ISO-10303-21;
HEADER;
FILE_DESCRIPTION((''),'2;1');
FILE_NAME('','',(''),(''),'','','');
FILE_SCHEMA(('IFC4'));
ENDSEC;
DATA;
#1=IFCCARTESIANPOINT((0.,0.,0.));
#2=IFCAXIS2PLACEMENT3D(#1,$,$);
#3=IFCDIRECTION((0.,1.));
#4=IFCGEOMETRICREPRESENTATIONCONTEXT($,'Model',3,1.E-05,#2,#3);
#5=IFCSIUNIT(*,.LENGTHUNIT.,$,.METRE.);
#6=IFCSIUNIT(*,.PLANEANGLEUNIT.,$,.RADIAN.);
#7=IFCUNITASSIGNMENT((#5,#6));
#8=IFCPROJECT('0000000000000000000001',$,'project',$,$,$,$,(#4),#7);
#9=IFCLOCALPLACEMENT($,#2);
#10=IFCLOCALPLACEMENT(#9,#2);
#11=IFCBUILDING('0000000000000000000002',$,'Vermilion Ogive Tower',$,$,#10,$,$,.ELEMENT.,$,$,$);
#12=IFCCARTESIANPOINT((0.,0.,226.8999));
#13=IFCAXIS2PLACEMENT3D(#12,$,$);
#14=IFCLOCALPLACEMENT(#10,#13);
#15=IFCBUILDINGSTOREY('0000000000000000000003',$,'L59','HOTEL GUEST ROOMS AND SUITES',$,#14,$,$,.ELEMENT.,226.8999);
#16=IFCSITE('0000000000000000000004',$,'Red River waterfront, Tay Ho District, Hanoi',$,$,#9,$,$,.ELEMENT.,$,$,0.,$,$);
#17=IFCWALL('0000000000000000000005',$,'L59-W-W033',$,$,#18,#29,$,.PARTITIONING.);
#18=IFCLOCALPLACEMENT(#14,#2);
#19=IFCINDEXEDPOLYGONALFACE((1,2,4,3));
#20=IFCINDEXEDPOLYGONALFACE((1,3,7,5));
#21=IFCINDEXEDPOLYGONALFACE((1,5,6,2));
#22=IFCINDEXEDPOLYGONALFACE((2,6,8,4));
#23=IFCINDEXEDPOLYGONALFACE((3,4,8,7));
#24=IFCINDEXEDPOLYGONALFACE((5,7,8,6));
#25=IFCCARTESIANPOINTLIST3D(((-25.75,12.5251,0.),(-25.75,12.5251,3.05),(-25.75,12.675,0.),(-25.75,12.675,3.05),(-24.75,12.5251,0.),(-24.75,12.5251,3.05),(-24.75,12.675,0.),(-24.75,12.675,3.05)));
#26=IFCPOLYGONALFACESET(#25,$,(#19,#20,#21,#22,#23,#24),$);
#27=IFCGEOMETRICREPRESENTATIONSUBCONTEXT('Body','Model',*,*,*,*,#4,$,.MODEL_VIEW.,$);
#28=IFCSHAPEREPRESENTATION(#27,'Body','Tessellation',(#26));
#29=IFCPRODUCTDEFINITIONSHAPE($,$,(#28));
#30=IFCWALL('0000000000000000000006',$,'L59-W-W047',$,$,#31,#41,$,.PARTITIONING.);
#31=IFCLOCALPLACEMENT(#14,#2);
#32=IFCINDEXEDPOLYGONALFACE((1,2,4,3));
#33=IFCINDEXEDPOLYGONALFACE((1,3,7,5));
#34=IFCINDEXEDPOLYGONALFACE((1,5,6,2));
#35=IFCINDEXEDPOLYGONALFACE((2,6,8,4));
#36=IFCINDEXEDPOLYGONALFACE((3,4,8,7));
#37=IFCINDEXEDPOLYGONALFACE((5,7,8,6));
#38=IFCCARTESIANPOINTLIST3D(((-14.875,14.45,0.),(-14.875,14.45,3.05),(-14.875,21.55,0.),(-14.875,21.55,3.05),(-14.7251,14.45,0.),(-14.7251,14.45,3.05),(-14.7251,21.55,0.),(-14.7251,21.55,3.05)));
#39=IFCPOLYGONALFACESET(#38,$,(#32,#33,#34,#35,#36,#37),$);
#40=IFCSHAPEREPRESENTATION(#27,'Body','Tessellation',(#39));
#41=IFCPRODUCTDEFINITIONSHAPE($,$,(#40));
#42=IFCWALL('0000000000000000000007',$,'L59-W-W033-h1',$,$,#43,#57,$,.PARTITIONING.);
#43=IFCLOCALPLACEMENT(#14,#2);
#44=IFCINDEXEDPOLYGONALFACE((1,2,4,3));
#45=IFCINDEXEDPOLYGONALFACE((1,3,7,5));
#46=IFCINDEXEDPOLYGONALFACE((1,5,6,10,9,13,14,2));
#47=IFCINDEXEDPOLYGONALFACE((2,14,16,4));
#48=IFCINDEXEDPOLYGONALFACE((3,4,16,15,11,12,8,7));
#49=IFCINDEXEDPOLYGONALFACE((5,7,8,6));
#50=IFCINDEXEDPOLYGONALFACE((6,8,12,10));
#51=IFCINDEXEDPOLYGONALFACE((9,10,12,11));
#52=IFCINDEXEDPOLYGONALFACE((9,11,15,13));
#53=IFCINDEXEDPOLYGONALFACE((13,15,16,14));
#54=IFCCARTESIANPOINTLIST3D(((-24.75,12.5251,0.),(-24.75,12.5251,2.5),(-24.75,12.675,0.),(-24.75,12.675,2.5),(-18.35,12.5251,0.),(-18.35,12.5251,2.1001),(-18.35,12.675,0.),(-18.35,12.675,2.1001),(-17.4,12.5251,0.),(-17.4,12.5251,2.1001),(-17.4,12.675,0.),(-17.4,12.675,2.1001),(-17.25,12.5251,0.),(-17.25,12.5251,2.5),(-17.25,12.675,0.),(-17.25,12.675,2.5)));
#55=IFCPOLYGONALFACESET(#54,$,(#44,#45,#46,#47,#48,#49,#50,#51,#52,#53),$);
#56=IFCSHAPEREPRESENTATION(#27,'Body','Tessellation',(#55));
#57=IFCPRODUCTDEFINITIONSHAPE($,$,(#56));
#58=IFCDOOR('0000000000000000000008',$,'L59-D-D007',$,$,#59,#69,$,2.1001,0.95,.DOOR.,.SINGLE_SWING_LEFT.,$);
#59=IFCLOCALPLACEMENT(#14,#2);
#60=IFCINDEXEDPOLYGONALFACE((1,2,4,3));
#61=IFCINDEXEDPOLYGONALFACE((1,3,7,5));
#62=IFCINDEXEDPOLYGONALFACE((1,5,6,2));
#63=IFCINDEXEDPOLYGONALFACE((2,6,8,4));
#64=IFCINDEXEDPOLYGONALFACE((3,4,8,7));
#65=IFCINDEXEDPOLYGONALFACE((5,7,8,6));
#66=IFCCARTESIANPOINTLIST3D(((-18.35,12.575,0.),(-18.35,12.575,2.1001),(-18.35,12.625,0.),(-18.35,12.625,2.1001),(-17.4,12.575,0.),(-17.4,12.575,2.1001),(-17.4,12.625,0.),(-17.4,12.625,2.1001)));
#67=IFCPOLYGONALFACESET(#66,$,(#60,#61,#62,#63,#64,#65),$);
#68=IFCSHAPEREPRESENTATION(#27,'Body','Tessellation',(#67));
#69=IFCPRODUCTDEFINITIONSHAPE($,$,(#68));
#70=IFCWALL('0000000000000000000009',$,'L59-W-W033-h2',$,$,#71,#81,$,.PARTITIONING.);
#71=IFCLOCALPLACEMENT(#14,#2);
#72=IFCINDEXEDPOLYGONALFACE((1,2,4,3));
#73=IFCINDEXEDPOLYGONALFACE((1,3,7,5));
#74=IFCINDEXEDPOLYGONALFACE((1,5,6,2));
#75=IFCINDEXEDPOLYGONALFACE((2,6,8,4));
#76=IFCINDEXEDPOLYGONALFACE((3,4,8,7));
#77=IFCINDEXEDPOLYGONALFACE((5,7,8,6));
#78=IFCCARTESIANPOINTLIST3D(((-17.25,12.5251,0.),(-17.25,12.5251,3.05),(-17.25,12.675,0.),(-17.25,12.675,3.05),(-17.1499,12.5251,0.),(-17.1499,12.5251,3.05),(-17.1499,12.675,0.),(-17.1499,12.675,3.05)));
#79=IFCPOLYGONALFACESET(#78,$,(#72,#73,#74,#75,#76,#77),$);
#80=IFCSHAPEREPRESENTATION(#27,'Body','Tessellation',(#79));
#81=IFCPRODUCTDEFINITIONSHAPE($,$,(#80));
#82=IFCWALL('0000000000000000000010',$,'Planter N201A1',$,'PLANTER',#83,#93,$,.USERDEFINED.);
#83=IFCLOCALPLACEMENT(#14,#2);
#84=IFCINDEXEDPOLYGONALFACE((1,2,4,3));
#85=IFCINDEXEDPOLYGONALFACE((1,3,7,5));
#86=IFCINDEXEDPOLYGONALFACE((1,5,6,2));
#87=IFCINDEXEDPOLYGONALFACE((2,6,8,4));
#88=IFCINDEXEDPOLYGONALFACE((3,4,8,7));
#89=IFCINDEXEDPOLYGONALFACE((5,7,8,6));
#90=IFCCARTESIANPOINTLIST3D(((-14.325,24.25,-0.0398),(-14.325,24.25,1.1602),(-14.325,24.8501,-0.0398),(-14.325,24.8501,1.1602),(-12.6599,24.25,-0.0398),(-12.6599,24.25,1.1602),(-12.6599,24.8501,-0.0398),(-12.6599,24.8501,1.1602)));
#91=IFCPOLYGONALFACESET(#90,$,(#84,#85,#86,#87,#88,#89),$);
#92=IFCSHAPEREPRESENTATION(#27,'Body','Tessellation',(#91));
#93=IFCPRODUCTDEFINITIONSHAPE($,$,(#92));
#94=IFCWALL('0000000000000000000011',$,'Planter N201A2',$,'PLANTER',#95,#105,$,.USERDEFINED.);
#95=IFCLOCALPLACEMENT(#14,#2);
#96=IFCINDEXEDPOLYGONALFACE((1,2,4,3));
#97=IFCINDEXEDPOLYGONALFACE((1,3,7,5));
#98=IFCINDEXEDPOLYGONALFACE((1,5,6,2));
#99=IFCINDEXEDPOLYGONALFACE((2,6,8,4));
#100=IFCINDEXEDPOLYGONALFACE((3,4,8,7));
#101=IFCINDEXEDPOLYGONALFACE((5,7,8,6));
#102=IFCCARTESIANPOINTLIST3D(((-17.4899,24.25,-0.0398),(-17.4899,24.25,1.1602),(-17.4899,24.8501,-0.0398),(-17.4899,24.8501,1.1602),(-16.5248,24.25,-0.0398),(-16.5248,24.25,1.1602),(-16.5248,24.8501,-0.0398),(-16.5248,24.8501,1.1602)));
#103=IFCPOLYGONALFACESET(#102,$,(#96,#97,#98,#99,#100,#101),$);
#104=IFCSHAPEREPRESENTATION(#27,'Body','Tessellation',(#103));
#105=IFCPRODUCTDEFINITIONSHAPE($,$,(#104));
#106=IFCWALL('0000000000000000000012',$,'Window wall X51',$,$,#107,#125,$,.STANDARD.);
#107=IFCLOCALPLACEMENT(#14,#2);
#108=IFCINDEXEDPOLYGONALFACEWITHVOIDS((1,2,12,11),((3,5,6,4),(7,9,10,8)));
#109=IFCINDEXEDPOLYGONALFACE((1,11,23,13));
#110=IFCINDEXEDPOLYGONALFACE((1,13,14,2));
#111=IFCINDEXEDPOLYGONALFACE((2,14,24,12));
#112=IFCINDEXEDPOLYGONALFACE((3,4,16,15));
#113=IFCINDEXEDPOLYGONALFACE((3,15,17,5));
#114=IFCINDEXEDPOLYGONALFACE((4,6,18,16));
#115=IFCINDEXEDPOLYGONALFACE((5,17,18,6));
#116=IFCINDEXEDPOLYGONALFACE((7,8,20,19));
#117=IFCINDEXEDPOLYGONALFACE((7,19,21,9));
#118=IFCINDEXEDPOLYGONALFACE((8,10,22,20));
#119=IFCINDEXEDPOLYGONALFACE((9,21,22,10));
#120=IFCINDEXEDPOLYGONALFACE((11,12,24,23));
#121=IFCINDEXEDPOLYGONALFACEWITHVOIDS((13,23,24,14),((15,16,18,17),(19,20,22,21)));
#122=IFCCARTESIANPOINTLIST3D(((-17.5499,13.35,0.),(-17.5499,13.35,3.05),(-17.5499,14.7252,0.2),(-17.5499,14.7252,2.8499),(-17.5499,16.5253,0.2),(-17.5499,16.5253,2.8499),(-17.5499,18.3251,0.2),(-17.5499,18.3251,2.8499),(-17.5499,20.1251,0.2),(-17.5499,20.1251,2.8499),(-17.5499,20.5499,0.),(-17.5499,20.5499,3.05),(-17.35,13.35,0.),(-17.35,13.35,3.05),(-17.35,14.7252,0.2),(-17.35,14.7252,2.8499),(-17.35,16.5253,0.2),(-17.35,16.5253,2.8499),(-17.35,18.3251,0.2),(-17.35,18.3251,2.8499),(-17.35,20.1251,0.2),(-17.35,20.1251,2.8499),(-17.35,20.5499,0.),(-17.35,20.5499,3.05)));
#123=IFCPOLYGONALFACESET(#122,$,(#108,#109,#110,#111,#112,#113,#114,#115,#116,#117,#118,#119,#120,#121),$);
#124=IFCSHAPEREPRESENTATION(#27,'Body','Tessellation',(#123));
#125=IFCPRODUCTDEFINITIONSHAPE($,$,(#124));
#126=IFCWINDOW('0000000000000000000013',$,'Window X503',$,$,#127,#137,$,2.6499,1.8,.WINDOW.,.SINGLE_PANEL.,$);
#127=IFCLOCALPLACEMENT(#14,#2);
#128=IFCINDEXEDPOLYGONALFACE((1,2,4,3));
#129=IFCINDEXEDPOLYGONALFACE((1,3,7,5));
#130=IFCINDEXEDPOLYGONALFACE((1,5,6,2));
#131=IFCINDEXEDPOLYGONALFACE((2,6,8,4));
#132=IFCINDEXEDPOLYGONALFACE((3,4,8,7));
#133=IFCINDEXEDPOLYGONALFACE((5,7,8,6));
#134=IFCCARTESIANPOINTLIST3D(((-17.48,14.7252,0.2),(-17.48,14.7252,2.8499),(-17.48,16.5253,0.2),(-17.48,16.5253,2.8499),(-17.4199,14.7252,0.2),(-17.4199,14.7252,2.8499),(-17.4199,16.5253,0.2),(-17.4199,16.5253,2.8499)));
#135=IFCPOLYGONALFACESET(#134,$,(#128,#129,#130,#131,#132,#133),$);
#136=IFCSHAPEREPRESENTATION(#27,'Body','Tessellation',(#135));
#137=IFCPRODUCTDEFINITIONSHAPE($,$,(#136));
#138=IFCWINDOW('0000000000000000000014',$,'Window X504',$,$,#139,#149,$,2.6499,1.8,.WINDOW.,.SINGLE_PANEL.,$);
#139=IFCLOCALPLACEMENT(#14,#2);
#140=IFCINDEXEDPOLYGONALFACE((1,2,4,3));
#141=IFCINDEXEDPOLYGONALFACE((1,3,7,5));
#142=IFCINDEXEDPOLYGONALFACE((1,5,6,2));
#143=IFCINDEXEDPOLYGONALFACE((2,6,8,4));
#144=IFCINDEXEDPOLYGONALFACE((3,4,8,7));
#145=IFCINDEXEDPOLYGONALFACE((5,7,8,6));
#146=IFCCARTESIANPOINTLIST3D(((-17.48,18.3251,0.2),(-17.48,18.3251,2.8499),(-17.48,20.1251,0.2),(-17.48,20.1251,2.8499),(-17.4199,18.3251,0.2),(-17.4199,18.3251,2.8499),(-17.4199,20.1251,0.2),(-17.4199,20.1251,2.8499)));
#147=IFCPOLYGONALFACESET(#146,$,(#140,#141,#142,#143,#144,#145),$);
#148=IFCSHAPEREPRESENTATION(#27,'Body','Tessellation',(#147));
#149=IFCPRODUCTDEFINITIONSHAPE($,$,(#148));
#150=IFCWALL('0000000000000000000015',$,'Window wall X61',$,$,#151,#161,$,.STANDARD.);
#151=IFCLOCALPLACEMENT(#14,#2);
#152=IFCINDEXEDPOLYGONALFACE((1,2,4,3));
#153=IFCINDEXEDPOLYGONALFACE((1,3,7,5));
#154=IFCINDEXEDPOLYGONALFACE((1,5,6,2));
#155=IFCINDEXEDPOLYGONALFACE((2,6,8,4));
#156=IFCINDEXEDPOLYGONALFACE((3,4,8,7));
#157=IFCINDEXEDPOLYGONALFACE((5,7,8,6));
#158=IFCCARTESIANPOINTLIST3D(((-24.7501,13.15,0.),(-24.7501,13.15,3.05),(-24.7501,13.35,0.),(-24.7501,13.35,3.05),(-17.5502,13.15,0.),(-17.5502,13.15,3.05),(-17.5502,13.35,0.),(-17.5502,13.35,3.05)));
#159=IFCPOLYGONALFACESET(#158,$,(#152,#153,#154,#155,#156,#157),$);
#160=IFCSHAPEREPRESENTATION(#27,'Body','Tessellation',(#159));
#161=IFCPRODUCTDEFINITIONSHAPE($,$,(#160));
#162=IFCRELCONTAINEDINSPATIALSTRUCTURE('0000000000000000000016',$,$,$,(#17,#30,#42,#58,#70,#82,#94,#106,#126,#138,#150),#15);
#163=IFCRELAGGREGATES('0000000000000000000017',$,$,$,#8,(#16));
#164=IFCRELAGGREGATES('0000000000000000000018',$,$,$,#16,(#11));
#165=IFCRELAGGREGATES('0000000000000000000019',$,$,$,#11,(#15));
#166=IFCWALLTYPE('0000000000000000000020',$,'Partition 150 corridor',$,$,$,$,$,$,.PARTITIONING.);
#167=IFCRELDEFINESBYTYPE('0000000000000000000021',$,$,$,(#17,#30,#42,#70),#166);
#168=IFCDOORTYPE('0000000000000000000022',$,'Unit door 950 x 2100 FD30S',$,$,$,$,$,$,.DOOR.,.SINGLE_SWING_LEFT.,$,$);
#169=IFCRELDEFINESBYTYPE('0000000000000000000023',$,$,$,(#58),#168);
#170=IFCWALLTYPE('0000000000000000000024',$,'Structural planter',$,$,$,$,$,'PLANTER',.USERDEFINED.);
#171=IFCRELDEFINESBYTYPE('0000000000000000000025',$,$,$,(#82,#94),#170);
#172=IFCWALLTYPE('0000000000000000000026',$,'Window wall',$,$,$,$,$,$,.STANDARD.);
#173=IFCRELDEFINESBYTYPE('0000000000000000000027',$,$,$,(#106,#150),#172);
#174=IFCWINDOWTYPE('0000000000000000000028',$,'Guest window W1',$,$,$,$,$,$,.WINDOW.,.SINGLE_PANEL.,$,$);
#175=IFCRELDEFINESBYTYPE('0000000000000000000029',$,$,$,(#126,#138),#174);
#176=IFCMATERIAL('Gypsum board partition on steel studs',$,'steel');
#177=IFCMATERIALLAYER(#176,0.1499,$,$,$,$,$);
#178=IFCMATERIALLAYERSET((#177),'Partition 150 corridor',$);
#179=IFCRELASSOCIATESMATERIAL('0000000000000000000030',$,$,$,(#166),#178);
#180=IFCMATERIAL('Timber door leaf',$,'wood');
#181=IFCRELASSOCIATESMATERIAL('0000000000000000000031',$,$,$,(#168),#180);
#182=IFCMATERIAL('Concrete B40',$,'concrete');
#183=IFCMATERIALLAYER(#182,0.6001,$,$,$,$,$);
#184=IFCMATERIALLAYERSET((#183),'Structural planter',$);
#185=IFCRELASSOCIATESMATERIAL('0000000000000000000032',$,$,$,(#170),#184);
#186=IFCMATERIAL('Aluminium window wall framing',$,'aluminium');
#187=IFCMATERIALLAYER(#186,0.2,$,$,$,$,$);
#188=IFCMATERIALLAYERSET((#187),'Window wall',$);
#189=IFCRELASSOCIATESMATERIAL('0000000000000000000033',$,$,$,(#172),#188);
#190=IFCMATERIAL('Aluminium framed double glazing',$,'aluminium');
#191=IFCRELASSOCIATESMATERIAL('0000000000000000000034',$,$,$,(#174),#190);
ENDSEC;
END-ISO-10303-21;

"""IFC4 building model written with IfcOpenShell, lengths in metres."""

from ifc_helpers import new_model, si_unit, direction, frame, frame_2d, origin, place, context, subcontext, project, spatial, rectangle, extrude, material, layer, layer_set, type_object, element, fill, save


model = new_model("IFC4")

# Units and contexts
model_context = context("Model", 3, precision=1e-05, world=origin(), true_north=direction((0.0, 1.0)))
body_context = subcontext(model_context, "Body", "Model", "MODEL_VIEW")
ifc_project = project(units=[si_unit("LENGTHUNIT", "METRE"), si_unit("PLANEANGLEUNIT", "RADIAN")], contexts=[model_context])

# Site, building, storey
site_placement = place(None, origin())
site = spatial("IfcSite", under=ifc_project, at=site_placement, Name="Red River waterfront, Tay Ho District, Hanoi", CompositionType="ELEMENT", RefElevation=0.0)
building_placement = place(site_placement, origin())
building = spatial("IfcBuilding", under=site, at=building_placement, Name="Vermilion Ogive Tower", CompositionType="ELEMENT")
storey_placement = place(building_placement, frame((0.0, 0.0, 226.8999)))
storey = spatial("IfcBuildingStorey", under=building, at=storey_placement, Name="L59", Description="HOTEL GUEST ROOMS AND SUITES", CompositionType="ELEMENT", Elevation=226.8999)

# Walls
ifc_material_1 = material(Name="Gypsum board partition on steel studs", Category="steel")
ifc_layer_1 = layer(ifc_material_1, 0.1499)
ifc_layer_set_1 = layer_set([ifc_layer_1], Name="Partition 150 corridor")
wall_type_1 = type_object("IfcWallType", Name="Partition 150 corridor", PredefinedType="PARTITIONING", material=ifc_layer_set_1)
wall_1_placement = place(storey_placement, frame((-25.75, 12.6001, 0.0), z_axis=(0.0, 0.0, 1.0), x_axis=(1.0, 0.0, 0.0)))
element("IfcWall", 1, at=wall_1_placement, inside=storey, type_object=wall_type_1, Name="L59-W-W033", PredefinedType="PARTITIONING", context=body_context, shape_type="SweptSolid", body=[
    extrude(rectangle(XDim=1.0, YDim=0.1499, at=frame_2d((0.5, 0.0))), origin(), (0.0, 0.0, 1.0), 3.05),
])
wall_2_placement = place(storey_placement, frame((-14.8, 14.45, 0.0), z_axis=(0.0, 0.0, 1.0), x_axis=(0.0, 1.0, 0.0)))
element("IfcWall", 2, at=wall_2_placement, inside=storey, type_object=wall_type_1, Name="L59-W-W047", PredefinedType="PARTITIONING", context=body_context, shape_type="SweptSolid", body=[
    extrude(rectangle(XDim=7.1001, YDim=0.1499, at=frame_2d((3.55, 0.0))), origin(), (0.0, 0.0, 1.0), 3.05),
])

# Wall, opening, door
wall_3_placement = place(storey_placement, frame((-24.75, 12.6001, 0.0), z_axis=(0.0, 0.0, 1.0), x_axis=(1.0, 0.0, 0.0)))
wall_3 = element("IfcWall", 3, at=wall_3_placement, inside=storey, type_object=wall_type_1, Name="L59-W-W033-h1", PredefinedType="PARTITIONING", context=body_context, shape_type="SweptSolid", body=[
    extrude(rectangle(XDim=7.5, YDim=0.1499, at=frame_2d((3.75, 0.0))), origin(), (0.0, 0.0, 1.0), 2.5),
])
opening_1_placement = place(wall_3_placement, frame((6.3999, 0.0, 0.0)))
opening_1 = element("IfcOpeningElement", 4, at=opening_1_placement, cuts=wall_3, PredefinedType="OPENING", context=body_context, shape_type="SweptSolid", body=[
    extrude(rectangle(XDim=0.95, YDim=2.1001, at=frame_2d((0.4751, 1.05))), frame((0.0, 0.085, 0.0), z_axis=(0.0, -1.0, 0.0), x_axis=(1.0, 0.0, 0.0)), (0.0, 0.0, 1.0), 0.1699),
])
ifc_material_2 = material(Name="Timber door leaf", Category="wood")
door_type_1 = type_object("IfcDoorType", Name="Unit door 950 x 2100 FD30S", OperationType="SINGLE_SWING_LEFT", PredefinedType="DOOR", material=ifc_material_2)
door_1_placement = place(opening_1_placement, origin())
door_1 = element("IfcDoor", 5, at=door_1_placement, inside=storey, type_object=door_type_1, Name="L59-D-D007", OperationType="SINGLE_SWING_LEFT", OverallHeight=2.1001, OverallWidth=0.95, PredefinedType="DOOR", context=body_context, shape_type="SweptSolid", body=[
    extrude(rectangle(XDim=0.95, YDim=2.1001, at=frame_2d((0.4751, 1.05))), frame((0.0, 0.0249, 0.0), z_axis=(0.0, -1.0, 0.0), x_axis=(1.0, 0.0, 0.0)), (0.0, 0.0, 1.0), 0.05),
])
fill(opening_1, door_1)

# Walls
wall_4_placement = place(storey_placement, frame((-17.25, 12.6001, 0.0), z_axis=(0.0, 0.0, 1.0), x_axis=(1.0, 0.0, 0.0)))
element("IfcWall", 6, at=wall_4_placement, inside=storey, type_object=wall_type_1, Name="L59-W-W033-h2", PredefinedType="PARTITIONING", context=body_context, shape_type="SweptSolid", body=[
    extrude(rectangle(XDim=0.1001, YDim=0.1499, at=frame_2d((0.05, 0.0))), origin(), (0.0, 0.0, 1.0), 3.05),
])
ifc_material_3 = material(Name="Concrete B40", Category="concrete")
ifc_layer_2 = layer(ifc_material_3, 0.6001)
ifc_layer_set_2 = layer_set([ifc_layer_2], Name="Structural planter")
wall_type_2 = type_object("IfcWallType", Name="Structural planter", ElementType="PLANTER", PredefinedType="USERDEFINED", material=ifc_layer_set_2)
wall_5_placement = place(storey_placement, frame((-12.6599, 24.55, -0.0398), z_axis=(0.0, 0.0, 1.0), x_axis=(-1.0, 0.0, 0.0)))
element("IfcWall", 7, at=wall_5_placement, inside=storey, type_object=wall_type_2, Name="Planter N201A1", ObjectType="PLANTER", PredefinedType="USERDEFINED", context=body_context, shape_type="SweptSolid", body=[
    extrude(rectangle(XDim=1.665, YDim=0.6001, at=frame_2d((0.8325, 0.0))), origin(), (0.0, 0.0, 1.0), 1.2),
])
wall_6_placement = place(storey_placement, frame((-16.5249, 24.55, -0.0398), z_axis=(0.0, 0.0, 1.0), x_axis=(-1.0, 0.0, 0.0)))
element("IfcWall", 8, at=wall_6_placement, inside=storey, type_object=wall_type_2, Name="Planter N201A2", ObjectType="PLANTER", PredefinedType="USERDEFINED", context=body_context, shape_type="SweptSolid", body=[
    extrude(rectangle(XDim=0.9651, YDim=0.6001, at=frame_2d((0.4824, 0.0))), origin(), (0.0, 0.0, 1.0), 1.2),
])

# Shared definitions
ifc_material_4 = material(Name="Aluminium window wall framing", Category="aluminium")
ifc_layer_3 = layer(ifc_material_4, 0.2)
ifc_layer_set_3 = layer_set([ifc_layer_3], Name="Window wall")
wall_type_3 = type_object("IfcWallType", Name="Window wall", PredefinedType="STANDARD", material=ifc_layer_set_3)
ifc_material_5 = material(Name="Aluminium framed double glazing", Category="aluminium")
window_type = type_object("IfcWindowType", Name="Guest window W1", PartitioningType="SINGLE_PANEL", PredefinedType="WINDOW", material=ifc_material_5)

# Wall, openings, windows
wall_7_placement = place(storey_placement, frame((-17.45, 20.55, 0.0), z_axis=(0.0, 0.0, 1.0), x_axis=(0.0, -1.0, 0.0)))
wall_7 = element("IfcWall", 9, at=wall_7_placement, inside=storey, type_object=wall_type_3, Name="Window wall X51", PredefinedType="STANDARD", context=body_context, shape_type="SweptSolid", body=[
    extrude(rectangle(XDim=7.2, YDim=0.2, at=frame_2d((3.6001, 0.0))), origin(), (0.0, 0.0, 1.0), 3.05),
])
opening_2_placement = place(wall_7_placement, frame((4.0249, 0.0, 0.2)))
opening_2 = element("IfcOpeningElement", 10, at=opening_2_placement, cuts=wall_7, PredefinedType="OPENING", context=body_context, shape_type="SweptSolid", body=[
    extrude(rectangle(XDim=1.8, YDim=2.6499, at=frame_2d((0.8999, 1.325))), frame((0.0, 0.1099, 0.0), z_axis=(0.0, -1.0, 0.0), x_axis=(1.0, 0.0, 0.0)), (0.0, 0.0, 1.0), 0.22),
])
opening_3_placement = place(wall_7_placement, frame((0.425, 0.0, 0.2)))
opening_3 = element("IfcOpeningElement", 11, at=opening_3_placement, cuts=wall_7, PredefinedType="OPENING", context=body_context, shape_type="SweptSolid", body=[
    extrude(rectangle(XDim=1.8, YDim=2.6499, at=frame_2d((0.8999, 1.325))), frame((0.0, 0.1099, 0.0), z_axis=(0.0, -1.0, 0.0), x_axis=(1.0, 0.0, 0.0)), (0.0, 0.0, 1.0), 0.22),
])
window_1_placement = place(opening_2_placement, origin())
window_1 = element("IfcWindow", 12, at=window_1_placement, inside=storey, type_object=window_type, Name="Window X503", OverallHeight=2.6499, OverallWidth=1.8, PartitioningType="SINGLE_PANEL", PredefinedType="WINDOW", context=body_context, shape_type="SweptSolid", body=[
    extrude(rectangle(XDim=1.8, YDim=2.6499, at=frame_2d((0.8999, 1.325))), frame((0.0, 0.03, 0.0), z_axis=(0.0, -1.0, 0.0), x_axis=(1.0, 0.0, 0.0)), (0.0, 0.0, 1.0), 0.0601),
])
fill(opening_2, window_1)
window_2_placement = place(opening_3_placement, origin())
window_2 = element("IfcWindow", 13, at=window_2_placement, inside=storey, type_object=window_type, Name="Window X504", OverallHeight=2.6499, OverallWidth=1.8, PartitioningType="SINGLE_PANEL", PredefinedType="WINDOW", context=body_context, shape_type="SweptSolid", body=[
    extrude(rectangle(XDim=1.8, YDim=2.6499, at=frame_2d((0.8999, 1.325))), frame((0.0, 0.03, 0.0), z_axis=(0.0, -1.0, 0.0), x_axis=(1.0, 0.0, 0.0)), (0.0, 0.0, 1.0), 0.0601),
])
fill(opening_3, window_2)

# Wall
wall_8_placement = place(storey_placement, frame((-17.55, 13.25, 0.0), z_axis=(0.0, 0.0, 1.0), x_axis=(-1.0, 0.0, 0.0)))
element("IfcWall", 14, at=wall_8_placement, inside=storey, type_object=wall_type_3, Name="Window wall X61", PredefinedType="STANDARD", context=body_context, shape_type="SweptSolid", body=[
    extrude(rectangle(XDim=7.2, YDim=0.2, at=frame_2d((3.6001, 0.0))), origin(), (0.0, 0.0, 1.0), 3.05),
])

save(model, "model.ifc")
